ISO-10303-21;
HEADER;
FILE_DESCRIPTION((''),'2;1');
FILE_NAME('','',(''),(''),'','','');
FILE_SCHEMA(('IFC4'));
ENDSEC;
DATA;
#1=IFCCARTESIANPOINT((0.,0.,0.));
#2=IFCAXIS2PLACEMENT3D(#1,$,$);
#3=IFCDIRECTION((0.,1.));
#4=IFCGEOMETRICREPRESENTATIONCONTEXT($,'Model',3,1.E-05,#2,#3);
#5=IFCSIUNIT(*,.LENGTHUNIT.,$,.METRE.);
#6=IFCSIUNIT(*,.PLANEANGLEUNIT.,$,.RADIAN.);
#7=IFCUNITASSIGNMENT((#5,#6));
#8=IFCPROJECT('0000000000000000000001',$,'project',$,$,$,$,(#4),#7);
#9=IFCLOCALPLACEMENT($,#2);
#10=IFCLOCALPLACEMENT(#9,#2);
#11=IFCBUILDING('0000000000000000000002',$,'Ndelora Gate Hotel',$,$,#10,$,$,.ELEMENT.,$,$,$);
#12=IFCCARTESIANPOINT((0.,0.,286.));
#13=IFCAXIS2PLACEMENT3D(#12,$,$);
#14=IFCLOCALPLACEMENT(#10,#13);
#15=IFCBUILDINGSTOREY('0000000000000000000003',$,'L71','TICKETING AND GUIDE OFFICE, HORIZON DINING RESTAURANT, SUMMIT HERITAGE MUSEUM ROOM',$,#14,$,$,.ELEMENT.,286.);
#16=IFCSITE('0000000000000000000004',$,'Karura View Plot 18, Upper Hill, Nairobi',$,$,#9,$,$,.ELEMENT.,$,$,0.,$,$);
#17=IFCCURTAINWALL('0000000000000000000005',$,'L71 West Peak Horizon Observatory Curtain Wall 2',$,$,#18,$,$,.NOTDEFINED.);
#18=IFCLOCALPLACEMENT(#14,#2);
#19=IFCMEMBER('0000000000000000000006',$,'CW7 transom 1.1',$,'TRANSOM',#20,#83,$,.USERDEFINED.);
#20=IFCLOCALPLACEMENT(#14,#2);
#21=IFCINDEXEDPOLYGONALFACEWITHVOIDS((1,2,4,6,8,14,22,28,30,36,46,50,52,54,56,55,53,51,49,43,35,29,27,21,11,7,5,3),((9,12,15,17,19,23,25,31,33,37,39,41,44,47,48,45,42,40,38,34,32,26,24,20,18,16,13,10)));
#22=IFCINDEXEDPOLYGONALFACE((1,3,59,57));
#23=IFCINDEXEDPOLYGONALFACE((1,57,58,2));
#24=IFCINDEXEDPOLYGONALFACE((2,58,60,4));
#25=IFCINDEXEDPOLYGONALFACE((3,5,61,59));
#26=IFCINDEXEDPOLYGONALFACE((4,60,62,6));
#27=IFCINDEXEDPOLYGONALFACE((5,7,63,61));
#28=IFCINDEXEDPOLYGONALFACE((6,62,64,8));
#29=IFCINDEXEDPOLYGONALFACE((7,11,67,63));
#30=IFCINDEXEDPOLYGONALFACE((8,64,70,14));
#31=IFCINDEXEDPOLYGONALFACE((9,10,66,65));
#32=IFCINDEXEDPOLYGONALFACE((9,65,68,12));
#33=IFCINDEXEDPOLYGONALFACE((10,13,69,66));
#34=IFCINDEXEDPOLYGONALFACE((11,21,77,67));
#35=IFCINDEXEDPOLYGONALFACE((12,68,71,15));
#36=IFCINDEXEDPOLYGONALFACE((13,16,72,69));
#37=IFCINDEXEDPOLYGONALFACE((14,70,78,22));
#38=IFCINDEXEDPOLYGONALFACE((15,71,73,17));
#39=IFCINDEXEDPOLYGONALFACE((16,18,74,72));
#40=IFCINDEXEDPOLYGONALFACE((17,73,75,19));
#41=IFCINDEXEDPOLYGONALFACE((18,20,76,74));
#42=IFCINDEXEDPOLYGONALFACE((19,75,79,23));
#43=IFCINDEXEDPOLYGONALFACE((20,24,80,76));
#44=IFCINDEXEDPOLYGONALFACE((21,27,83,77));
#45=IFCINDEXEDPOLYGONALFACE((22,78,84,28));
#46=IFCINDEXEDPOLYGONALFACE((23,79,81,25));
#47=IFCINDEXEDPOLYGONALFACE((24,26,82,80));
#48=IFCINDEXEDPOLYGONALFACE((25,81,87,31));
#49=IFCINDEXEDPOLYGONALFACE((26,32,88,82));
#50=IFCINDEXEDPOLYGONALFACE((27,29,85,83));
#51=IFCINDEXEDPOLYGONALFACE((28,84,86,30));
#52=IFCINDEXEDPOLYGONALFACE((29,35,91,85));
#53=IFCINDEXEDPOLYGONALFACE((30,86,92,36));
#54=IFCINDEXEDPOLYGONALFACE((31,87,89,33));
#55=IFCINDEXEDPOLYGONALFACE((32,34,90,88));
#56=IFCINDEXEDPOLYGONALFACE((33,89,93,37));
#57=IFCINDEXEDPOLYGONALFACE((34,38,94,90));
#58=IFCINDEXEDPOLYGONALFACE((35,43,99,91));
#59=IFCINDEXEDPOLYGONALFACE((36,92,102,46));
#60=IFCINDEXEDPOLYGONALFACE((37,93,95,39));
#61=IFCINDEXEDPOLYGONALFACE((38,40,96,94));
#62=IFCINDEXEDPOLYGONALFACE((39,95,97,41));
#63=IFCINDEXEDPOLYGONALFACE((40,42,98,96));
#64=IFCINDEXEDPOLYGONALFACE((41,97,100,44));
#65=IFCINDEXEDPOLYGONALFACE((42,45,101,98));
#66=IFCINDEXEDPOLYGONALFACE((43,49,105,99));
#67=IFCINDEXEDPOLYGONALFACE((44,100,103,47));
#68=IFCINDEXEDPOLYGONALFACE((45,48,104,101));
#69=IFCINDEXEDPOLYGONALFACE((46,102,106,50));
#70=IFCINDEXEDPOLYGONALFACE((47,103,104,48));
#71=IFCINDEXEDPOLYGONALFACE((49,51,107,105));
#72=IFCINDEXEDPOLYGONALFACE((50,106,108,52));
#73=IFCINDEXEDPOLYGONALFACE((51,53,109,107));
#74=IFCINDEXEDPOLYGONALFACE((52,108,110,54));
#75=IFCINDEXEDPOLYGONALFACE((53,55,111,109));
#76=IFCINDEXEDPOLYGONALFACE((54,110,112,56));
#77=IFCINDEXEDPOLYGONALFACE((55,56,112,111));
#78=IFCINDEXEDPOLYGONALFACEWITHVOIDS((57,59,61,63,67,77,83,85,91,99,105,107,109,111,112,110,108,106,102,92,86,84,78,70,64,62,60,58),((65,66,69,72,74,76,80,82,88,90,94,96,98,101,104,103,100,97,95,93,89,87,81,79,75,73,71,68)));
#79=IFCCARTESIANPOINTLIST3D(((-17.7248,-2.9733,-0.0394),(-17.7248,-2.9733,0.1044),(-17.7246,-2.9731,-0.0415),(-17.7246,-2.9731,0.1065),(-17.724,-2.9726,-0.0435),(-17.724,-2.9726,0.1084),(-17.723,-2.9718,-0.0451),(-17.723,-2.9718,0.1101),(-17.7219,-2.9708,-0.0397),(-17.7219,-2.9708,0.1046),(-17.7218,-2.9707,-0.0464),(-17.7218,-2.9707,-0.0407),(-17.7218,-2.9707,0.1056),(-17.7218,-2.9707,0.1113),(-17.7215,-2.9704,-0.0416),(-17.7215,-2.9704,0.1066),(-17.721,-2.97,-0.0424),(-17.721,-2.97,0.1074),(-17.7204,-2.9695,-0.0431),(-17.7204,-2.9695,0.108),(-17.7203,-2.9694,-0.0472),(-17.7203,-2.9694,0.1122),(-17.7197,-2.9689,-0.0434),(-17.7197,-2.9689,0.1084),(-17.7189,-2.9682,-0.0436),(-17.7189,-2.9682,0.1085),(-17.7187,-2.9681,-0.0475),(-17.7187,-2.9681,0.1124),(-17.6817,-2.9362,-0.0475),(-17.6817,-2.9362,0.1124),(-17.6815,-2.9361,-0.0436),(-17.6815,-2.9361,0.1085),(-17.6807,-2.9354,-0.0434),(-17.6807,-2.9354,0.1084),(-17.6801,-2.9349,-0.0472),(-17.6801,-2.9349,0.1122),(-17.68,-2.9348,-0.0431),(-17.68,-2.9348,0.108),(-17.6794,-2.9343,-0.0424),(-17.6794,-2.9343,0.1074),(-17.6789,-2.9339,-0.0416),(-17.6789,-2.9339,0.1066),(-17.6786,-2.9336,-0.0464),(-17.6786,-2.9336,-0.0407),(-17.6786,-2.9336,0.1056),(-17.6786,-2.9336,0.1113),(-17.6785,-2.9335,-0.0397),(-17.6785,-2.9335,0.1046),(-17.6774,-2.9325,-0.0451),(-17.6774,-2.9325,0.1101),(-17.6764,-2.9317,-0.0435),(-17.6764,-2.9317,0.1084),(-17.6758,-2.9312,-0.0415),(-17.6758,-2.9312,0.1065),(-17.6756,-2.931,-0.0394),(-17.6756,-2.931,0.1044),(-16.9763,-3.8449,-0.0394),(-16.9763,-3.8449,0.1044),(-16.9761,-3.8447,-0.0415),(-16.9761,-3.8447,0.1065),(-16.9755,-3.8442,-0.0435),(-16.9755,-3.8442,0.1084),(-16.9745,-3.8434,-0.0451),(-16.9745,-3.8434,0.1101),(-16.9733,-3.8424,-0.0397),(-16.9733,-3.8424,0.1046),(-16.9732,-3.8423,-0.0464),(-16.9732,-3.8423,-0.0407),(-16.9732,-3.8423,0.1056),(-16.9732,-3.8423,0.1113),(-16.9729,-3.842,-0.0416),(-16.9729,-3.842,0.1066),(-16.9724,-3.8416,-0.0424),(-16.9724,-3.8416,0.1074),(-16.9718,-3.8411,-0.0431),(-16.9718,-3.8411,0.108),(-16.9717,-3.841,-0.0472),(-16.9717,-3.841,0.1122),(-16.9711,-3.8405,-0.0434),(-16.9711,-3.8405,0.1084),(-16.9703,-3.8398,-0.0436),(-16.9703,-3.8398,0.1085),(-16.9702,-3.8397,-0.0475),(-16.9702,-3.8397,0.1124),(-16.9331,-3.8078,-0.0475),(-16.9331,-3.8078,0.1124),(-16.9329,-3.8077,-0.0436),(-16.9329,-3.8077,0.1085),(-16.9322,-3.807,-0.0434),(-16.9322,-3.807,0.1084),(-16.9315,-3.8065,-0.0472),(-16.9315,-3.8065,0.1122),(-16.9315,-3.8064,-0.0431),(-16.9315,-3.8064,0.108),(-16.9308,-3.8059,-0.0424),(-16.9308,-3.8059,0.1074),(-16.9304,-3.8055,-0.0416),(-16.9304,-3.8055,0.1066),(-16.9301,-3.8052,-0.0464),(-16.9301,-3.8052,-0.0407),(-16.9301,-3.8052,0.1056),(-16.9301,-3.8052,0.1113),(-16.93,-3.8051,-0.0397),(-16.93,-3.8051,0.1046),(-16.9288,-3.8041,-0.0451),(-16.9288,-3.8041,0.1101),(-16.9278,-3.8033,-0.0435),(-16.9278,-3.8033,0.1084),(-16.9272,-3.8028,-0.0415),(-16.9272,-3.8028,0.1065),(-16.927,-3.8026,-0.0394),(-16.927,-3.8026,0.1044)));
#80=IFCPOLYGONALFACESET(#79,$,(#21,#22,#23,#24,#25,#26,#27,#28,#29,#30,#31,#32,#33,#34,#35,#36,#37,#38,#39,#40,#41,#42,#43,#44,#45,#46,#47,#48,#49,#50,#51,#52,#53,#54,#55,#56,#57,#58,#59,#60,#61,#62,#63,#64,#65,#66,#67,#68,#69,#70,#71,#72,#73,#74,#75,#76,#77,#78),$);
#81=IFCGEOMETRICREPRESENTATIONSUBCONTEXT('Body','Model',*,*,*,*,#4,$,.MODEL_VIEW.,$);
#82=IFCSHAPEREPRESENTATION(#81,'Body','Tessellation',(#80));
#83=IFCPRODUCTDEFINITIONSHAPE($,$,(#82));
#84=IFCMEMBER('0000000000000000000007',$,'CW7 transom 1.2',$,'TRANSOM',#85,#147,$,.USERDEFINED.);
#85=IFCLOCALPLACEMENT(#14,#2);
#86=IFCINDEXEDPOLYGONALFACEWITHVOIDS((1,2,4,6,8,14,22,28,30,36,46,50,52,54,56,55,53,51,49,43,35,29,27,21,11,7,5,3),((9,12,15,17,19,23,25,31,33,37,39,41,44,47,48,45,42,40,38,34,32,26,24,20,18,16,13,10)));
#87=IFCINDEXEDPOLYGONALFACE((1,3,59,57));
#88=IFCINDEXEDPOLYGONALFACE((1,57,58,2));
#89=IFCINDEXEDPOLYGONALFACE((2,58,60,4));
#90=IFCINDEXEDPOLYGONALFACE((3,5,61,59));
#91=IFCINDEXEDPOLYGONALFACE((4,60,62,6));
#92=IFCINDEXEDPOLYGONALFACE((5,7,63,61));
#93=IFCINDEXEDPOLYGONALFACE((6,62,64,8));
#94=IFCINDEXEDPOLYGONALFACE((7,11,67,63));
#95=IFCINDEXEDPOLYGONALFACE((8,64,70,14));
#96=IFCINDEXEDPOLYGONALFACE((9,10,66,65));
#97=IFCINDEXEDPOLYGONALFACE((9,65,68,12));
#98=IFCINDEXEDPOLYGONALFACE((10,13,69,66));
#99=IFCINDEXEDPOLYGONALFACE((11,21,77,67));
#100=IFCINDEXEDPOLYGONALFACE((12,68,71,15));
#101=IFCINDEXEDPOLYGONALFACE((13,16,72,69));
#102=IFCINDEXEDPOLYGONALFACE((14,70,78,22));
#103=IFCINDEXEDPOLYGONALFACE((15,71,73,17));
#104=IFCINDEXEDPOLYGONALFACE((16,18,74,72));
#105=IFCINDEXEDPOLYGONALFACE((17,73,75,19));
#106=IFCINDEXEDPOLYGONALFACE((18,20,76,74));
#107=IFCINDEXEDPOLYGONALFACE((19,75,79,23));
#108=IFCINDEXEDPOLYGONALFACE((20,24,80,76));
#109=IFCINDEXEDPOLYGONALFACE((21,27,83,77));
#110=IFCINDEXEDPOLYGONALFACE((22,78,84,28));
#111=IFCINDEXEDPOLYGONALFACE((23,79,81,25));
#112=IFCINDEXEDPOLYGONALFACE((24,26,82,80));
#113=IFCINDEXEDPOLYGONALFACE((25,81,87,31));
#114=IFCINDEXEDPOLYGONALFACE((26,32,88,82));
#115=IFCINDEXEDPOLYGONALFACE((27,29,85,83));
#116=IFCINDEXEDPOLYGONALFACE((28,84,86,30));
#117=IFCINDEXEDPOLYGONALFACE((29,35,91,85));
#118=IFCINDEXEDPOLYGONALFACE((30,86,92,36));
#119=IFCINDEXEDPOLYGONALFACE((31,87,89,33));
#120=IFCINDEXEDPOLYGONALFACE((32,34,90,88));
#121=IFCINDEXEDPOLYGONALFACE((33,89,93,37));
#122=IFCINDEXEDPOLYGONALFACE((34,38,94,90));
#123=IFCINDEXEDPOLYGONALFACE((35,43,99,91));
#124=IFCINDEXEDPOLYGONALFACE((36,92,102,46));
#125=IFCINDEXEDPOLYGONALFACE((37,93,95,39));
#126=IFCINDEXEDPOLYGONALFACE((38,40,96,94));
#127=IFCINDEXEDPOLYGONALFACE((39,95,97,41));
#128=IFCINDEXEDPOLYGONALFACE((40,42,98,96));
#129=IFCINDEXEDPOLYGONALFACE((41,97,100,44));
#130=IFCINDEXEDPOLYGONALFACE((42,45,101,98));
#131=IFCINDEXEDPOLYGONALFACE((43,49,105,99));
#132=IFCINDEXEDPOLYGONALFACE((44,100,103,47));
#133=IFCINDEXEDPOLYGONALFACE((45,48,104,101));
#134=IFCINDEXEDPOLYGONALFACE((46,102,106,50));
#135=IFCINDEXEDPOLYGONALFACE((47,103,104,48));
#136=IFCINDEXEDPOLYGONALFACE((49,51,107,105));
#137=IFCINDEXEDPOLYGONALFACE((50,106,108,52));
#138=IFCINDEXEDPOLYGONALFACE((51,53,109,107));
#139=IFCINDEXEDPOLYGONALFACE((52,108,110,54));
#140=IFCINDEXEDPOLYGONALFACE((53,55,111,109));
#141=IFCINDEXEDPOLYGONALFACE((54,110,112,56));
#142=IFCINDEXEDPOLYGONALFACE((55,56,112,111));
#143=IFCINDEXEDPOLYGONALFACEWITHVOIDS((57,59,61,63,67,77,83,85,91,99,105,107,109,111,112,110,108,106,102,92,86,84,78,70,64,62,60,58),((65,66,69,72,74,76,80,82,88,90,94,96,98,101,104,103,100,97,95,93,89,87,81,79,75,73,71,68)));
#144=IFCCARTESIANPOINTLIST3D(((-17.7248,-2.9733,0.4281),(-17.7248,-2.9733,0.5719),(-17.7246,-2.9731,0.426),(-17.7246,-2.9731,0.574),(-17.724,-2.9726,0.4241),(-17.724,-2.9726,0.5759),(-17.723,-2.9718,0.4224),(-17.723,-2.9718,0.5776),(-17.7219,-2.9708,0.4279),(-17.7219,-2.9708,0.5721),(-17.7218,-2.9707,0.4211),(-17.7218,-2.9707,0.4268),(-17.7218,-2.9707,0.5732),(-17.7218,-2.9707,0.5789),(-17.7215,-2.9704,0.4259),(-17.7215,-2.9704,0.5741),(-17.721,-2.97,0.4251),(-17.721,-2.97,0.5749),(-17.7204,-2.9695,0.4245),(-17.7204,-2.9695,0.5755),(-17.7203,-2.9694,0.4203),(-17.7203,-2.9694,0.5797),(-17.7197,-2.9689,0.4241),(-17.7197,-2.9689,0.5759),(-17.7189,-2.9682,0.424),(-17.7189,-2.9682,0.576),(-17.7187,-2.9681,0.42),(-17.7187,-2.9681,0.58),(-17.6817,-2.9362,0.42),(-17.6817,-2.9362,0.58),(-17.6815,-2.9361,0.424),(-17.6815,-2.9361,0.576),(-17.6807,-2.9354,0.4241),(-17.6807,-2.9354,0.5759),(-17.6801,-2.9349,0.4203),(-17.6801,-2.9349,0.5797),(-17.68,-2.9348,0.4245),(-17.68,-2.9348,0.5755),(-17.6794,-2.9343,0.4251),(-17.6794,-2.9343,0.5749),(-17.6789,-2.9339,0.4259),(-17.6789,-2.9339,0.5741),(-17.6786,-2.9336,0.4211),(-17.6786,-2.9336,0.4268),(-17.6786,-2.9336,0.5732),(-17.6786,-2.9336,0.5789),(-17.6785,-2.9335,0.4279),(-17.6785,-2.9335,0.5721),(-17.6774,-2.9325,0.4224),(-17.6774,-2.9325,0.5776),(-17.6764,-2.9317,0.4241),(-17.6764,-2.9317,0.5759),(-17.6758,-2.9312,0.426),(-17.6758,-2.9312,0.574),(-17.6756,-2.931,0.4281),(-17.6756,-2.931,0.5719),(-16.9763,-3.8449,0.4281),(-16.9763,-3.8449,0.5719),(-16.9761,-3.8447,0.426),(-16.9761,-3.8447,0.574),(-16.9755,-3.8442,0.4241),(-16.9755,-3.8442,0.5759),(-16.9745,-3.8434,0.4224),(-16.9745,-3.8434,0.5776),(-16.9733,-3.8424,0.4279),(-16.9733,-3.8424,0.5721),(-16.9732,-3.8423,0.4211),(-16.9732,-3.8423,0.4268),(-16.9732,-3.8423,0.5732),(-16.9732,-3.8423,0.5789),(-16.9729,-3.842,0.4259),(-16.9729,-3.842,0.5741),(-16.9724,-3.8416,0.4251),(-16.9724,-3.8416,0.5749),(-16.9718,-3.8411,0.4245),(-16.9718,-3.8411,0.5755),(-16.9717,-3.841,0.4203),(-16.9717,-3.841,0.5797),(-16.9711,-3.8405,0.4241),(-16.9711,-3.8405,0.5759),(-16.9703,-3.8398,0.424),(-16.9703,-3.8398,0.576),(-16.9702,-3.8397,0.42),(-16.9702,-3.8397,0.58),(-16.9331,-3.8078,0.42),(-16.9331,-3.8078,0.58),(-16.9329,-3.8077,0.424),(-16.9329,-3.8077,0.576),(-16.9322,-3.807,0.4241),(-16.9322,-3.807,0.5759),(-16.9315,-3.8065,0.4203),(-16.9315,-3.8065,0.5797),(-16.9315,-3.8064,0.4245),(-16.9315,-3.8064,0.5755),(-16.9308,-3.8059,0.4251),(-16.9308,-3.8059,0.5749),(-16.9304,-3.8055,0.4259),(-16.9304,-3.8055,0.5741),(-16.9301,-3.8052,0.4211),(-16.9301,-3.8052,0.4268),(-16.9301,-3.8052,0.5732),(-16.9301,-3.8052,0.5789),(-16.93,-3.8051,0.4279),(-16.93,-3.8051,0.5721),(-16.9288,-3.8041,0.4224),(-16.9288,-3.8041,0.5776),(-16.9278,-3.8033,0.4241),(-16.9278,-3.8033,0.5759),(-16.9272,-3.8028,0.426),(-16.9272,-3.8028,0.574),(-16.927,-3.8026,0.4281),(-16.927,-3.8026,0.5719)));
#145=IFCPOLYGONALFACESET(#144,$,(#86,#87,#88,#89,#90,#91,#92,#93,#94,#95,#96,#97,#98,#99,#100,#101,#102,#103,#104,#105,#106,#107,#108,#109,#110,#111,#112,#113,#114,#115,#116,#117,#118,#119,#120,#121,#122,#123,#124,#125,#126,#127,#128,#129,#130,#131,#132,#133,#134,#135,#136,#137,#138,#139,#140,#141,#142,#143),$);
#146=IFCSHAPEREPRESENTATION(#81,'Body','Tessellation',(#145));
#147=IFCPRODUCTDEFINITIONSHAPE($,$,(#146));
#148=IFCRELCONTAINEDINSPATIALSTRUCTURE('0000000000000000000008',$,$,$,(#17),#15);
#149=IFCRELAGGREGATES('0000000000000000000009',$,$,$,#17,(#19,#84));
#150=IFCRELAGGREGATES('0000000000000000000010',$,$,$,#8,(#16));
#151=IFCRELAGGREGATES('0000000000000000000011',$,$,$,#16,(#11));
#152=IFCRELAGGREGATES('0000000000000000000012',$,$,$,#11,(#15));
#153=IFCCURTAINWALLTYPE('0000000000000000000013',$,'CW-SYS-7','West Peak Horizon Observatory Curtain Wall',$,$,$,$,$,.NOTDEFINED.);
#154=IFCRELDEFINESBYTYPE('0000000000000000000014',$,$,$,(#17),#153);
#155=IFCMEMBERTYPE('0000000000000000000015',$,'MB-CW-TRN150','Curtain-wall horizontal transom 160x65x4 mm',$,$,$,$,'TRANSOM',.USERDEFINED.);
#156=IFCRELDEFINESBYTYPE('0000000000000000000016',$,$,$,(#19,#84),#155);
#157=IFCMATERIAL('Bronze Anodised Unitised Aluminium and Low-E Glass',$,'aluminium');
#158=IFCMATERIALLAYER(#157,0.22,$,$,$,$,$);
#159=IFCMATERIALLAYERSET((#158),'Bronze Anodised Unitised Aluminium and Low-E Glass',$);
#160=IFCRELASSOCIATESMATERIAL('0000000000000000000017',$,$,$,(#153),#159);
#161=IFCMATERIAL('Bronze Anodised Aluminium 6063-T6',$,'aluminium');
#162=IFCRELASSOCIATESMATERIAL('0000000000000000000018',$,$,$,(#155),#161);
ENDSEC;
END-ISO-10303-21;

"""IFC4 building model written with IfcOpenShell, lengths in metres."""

from ifc_helpers import new_model, si_unit, direction, frame, origin, origin_2d, place, context, subcontext, project, spatial, hollow_rectangle, extrude, material, layer, layer_set, material_profile, profile_set, type_object, element, aggregate, save


model = new_model("IFC4")

# Units and contexts
model_context = context("Model", 3, precision=1e-05, world=origin(), true_north=direction((0.0, 1.0)))
body_context = subcontext(model_context, "Body", "Model", "MODEL_VIEW")
ifc_project = project(units=[si_unit("LENGTHUNIT", "METRE"), si_unit("PLANEANGLEUNIT", "RADIAN")], contexts=[model_context])

# Site, building, storey
site_placement = place(None, origin())
site = spatial("IfcSite", under=ifc_project, at=site_placement, Name="Karura View Plot 18, Upper Hill, Nairobi", CompositionType="ELEMENT", RefElevation=0.0)
building_placement = place(site_placement, origin())
building = spatial("IfcBuilding", under=site, at=building_placement, Name="Ndelora Gate Hotel", CompositionType="ELEMENT")
storey_placement = place(building_placement, frame((0.0, 0.0, 286.0)))
storey = spatial("IfcBuildingStorey", under=building, at=storey_placement, Name="L71", Description="TICKETING AND GUIDE OFFICE, HORIZON DINING RESTAURANT, SUMMIT HERITAGE MUSEUM ROOM", CompositionType="ELEMENT", Elevation=286.0)

# Shared definitions
ifc_material_1 = material(Name="Bronze Anodised Unitised Aluminium and Low-E Glass", Category="aluminium")
ifc_layer_1 = layer(ifc_material_1, 0.22)
ifc_layer_set_1 = layer_set([ifc_layer_1], Name="Bronze Anodised Unitised Aluminium and Low-E Glass")
curtain_wall_type = type_object("IfcCurtainWallType", Name="CW-SYS-7", Description="West Peak Horizon Observatory Curtain Wall", PredefinedType="NOTDEFINED", material=ifc_layer_set_1)
ifc_material_2 = material(Name="Bronze Anodised Aluminium 6063-T6", Category="aluminium")

# Curtain wall
curtain_wall_1_placement = place(storey_placement, origin())
curtain_wall_1 = element("IfcCurtainWall", 1, at=curtain_wall_1_placement, inside=storey, type_object=curtain_wall_type, Name="L71 West Peak Horizon Observatory Curtain Wall 2", PredefinedType="NOTDEFINED")

# Members
ifc_material_profile_1 = material_profile(ifc_material_2, hollow_rectangle(XDim=0.0649, YDim=0.1599, WallThickness=0.0039, InnerFilletRadius=0.0039, OuterFilletRadius=0.0081, at=origin_2d()), Name="ALU 160x65x4")
ifc_profile_set_1 = profile_set([ifc_material_profile_1], Name="Bronze Anodised Aluminium 6063-T6")
member_type_1 = type_object("IfcMemberType", Name="MB-CW-TRN150", Description="Curtain-wall horizontal transom 160x65x4 mm", ElementType="TRANSOM", PredefinedType="USERDEFINED", material=ifc_profile_set_1)
member_1_placement = place(storey_placement, frame((-17.7002, -2.9521, 0.0325), z_axis=(0.651526, -0.758626, 0.0), x_axis=(0.758626, 0.651526, 0.0)))
member_1 = element("IfcMember", 2, at=member_1_placement, type_object=member_type_1, Name="CW7 transom 1.1", ObjectType="TRANSOM", PredefinedType="USERDEFINED", context=body_context, shape_type="SweptSolid", body=[
    extrude(hollow_rectangle(XDim=0.0649, YDim=0.1599, WallThickness=0.0039, InnerFilletRadius=0.0039, OuterFilletRadius=0.0081, at=origin_2d()), origin(), (0.0, 0.0, 1.0), 1.1489),
])
member_2_placement = place(storey_placement, frame((-17.7002, -2.9521, 0.5), z_axis=(0.651526, -0.758626, 0.0), x_axis=(0.758626, 0.651526, 0.0)))
member_2 = element("IfcMember", 3, at=member_2_placement, type_object=member_type_1, Name="CW7 transom 1.2", ObjectType="TRANSOM", PredefinedType="USERDEFINED", context=body_context, shape_type="SweptSolid", body=[
    extrude(hollow_rectangle(XDim=0.0649, YDim=0.1599, WallThickness=0.0039, InnerFilletRadius=0.0039, OuterFilletRadius=0.0081, at=origin_2d()), origin(), (0.0, 0.0, 1.0), 1.1489),
])
aggregate(curtain_wall_1, [member_1, member_2])

save(model, "model.ifc")
